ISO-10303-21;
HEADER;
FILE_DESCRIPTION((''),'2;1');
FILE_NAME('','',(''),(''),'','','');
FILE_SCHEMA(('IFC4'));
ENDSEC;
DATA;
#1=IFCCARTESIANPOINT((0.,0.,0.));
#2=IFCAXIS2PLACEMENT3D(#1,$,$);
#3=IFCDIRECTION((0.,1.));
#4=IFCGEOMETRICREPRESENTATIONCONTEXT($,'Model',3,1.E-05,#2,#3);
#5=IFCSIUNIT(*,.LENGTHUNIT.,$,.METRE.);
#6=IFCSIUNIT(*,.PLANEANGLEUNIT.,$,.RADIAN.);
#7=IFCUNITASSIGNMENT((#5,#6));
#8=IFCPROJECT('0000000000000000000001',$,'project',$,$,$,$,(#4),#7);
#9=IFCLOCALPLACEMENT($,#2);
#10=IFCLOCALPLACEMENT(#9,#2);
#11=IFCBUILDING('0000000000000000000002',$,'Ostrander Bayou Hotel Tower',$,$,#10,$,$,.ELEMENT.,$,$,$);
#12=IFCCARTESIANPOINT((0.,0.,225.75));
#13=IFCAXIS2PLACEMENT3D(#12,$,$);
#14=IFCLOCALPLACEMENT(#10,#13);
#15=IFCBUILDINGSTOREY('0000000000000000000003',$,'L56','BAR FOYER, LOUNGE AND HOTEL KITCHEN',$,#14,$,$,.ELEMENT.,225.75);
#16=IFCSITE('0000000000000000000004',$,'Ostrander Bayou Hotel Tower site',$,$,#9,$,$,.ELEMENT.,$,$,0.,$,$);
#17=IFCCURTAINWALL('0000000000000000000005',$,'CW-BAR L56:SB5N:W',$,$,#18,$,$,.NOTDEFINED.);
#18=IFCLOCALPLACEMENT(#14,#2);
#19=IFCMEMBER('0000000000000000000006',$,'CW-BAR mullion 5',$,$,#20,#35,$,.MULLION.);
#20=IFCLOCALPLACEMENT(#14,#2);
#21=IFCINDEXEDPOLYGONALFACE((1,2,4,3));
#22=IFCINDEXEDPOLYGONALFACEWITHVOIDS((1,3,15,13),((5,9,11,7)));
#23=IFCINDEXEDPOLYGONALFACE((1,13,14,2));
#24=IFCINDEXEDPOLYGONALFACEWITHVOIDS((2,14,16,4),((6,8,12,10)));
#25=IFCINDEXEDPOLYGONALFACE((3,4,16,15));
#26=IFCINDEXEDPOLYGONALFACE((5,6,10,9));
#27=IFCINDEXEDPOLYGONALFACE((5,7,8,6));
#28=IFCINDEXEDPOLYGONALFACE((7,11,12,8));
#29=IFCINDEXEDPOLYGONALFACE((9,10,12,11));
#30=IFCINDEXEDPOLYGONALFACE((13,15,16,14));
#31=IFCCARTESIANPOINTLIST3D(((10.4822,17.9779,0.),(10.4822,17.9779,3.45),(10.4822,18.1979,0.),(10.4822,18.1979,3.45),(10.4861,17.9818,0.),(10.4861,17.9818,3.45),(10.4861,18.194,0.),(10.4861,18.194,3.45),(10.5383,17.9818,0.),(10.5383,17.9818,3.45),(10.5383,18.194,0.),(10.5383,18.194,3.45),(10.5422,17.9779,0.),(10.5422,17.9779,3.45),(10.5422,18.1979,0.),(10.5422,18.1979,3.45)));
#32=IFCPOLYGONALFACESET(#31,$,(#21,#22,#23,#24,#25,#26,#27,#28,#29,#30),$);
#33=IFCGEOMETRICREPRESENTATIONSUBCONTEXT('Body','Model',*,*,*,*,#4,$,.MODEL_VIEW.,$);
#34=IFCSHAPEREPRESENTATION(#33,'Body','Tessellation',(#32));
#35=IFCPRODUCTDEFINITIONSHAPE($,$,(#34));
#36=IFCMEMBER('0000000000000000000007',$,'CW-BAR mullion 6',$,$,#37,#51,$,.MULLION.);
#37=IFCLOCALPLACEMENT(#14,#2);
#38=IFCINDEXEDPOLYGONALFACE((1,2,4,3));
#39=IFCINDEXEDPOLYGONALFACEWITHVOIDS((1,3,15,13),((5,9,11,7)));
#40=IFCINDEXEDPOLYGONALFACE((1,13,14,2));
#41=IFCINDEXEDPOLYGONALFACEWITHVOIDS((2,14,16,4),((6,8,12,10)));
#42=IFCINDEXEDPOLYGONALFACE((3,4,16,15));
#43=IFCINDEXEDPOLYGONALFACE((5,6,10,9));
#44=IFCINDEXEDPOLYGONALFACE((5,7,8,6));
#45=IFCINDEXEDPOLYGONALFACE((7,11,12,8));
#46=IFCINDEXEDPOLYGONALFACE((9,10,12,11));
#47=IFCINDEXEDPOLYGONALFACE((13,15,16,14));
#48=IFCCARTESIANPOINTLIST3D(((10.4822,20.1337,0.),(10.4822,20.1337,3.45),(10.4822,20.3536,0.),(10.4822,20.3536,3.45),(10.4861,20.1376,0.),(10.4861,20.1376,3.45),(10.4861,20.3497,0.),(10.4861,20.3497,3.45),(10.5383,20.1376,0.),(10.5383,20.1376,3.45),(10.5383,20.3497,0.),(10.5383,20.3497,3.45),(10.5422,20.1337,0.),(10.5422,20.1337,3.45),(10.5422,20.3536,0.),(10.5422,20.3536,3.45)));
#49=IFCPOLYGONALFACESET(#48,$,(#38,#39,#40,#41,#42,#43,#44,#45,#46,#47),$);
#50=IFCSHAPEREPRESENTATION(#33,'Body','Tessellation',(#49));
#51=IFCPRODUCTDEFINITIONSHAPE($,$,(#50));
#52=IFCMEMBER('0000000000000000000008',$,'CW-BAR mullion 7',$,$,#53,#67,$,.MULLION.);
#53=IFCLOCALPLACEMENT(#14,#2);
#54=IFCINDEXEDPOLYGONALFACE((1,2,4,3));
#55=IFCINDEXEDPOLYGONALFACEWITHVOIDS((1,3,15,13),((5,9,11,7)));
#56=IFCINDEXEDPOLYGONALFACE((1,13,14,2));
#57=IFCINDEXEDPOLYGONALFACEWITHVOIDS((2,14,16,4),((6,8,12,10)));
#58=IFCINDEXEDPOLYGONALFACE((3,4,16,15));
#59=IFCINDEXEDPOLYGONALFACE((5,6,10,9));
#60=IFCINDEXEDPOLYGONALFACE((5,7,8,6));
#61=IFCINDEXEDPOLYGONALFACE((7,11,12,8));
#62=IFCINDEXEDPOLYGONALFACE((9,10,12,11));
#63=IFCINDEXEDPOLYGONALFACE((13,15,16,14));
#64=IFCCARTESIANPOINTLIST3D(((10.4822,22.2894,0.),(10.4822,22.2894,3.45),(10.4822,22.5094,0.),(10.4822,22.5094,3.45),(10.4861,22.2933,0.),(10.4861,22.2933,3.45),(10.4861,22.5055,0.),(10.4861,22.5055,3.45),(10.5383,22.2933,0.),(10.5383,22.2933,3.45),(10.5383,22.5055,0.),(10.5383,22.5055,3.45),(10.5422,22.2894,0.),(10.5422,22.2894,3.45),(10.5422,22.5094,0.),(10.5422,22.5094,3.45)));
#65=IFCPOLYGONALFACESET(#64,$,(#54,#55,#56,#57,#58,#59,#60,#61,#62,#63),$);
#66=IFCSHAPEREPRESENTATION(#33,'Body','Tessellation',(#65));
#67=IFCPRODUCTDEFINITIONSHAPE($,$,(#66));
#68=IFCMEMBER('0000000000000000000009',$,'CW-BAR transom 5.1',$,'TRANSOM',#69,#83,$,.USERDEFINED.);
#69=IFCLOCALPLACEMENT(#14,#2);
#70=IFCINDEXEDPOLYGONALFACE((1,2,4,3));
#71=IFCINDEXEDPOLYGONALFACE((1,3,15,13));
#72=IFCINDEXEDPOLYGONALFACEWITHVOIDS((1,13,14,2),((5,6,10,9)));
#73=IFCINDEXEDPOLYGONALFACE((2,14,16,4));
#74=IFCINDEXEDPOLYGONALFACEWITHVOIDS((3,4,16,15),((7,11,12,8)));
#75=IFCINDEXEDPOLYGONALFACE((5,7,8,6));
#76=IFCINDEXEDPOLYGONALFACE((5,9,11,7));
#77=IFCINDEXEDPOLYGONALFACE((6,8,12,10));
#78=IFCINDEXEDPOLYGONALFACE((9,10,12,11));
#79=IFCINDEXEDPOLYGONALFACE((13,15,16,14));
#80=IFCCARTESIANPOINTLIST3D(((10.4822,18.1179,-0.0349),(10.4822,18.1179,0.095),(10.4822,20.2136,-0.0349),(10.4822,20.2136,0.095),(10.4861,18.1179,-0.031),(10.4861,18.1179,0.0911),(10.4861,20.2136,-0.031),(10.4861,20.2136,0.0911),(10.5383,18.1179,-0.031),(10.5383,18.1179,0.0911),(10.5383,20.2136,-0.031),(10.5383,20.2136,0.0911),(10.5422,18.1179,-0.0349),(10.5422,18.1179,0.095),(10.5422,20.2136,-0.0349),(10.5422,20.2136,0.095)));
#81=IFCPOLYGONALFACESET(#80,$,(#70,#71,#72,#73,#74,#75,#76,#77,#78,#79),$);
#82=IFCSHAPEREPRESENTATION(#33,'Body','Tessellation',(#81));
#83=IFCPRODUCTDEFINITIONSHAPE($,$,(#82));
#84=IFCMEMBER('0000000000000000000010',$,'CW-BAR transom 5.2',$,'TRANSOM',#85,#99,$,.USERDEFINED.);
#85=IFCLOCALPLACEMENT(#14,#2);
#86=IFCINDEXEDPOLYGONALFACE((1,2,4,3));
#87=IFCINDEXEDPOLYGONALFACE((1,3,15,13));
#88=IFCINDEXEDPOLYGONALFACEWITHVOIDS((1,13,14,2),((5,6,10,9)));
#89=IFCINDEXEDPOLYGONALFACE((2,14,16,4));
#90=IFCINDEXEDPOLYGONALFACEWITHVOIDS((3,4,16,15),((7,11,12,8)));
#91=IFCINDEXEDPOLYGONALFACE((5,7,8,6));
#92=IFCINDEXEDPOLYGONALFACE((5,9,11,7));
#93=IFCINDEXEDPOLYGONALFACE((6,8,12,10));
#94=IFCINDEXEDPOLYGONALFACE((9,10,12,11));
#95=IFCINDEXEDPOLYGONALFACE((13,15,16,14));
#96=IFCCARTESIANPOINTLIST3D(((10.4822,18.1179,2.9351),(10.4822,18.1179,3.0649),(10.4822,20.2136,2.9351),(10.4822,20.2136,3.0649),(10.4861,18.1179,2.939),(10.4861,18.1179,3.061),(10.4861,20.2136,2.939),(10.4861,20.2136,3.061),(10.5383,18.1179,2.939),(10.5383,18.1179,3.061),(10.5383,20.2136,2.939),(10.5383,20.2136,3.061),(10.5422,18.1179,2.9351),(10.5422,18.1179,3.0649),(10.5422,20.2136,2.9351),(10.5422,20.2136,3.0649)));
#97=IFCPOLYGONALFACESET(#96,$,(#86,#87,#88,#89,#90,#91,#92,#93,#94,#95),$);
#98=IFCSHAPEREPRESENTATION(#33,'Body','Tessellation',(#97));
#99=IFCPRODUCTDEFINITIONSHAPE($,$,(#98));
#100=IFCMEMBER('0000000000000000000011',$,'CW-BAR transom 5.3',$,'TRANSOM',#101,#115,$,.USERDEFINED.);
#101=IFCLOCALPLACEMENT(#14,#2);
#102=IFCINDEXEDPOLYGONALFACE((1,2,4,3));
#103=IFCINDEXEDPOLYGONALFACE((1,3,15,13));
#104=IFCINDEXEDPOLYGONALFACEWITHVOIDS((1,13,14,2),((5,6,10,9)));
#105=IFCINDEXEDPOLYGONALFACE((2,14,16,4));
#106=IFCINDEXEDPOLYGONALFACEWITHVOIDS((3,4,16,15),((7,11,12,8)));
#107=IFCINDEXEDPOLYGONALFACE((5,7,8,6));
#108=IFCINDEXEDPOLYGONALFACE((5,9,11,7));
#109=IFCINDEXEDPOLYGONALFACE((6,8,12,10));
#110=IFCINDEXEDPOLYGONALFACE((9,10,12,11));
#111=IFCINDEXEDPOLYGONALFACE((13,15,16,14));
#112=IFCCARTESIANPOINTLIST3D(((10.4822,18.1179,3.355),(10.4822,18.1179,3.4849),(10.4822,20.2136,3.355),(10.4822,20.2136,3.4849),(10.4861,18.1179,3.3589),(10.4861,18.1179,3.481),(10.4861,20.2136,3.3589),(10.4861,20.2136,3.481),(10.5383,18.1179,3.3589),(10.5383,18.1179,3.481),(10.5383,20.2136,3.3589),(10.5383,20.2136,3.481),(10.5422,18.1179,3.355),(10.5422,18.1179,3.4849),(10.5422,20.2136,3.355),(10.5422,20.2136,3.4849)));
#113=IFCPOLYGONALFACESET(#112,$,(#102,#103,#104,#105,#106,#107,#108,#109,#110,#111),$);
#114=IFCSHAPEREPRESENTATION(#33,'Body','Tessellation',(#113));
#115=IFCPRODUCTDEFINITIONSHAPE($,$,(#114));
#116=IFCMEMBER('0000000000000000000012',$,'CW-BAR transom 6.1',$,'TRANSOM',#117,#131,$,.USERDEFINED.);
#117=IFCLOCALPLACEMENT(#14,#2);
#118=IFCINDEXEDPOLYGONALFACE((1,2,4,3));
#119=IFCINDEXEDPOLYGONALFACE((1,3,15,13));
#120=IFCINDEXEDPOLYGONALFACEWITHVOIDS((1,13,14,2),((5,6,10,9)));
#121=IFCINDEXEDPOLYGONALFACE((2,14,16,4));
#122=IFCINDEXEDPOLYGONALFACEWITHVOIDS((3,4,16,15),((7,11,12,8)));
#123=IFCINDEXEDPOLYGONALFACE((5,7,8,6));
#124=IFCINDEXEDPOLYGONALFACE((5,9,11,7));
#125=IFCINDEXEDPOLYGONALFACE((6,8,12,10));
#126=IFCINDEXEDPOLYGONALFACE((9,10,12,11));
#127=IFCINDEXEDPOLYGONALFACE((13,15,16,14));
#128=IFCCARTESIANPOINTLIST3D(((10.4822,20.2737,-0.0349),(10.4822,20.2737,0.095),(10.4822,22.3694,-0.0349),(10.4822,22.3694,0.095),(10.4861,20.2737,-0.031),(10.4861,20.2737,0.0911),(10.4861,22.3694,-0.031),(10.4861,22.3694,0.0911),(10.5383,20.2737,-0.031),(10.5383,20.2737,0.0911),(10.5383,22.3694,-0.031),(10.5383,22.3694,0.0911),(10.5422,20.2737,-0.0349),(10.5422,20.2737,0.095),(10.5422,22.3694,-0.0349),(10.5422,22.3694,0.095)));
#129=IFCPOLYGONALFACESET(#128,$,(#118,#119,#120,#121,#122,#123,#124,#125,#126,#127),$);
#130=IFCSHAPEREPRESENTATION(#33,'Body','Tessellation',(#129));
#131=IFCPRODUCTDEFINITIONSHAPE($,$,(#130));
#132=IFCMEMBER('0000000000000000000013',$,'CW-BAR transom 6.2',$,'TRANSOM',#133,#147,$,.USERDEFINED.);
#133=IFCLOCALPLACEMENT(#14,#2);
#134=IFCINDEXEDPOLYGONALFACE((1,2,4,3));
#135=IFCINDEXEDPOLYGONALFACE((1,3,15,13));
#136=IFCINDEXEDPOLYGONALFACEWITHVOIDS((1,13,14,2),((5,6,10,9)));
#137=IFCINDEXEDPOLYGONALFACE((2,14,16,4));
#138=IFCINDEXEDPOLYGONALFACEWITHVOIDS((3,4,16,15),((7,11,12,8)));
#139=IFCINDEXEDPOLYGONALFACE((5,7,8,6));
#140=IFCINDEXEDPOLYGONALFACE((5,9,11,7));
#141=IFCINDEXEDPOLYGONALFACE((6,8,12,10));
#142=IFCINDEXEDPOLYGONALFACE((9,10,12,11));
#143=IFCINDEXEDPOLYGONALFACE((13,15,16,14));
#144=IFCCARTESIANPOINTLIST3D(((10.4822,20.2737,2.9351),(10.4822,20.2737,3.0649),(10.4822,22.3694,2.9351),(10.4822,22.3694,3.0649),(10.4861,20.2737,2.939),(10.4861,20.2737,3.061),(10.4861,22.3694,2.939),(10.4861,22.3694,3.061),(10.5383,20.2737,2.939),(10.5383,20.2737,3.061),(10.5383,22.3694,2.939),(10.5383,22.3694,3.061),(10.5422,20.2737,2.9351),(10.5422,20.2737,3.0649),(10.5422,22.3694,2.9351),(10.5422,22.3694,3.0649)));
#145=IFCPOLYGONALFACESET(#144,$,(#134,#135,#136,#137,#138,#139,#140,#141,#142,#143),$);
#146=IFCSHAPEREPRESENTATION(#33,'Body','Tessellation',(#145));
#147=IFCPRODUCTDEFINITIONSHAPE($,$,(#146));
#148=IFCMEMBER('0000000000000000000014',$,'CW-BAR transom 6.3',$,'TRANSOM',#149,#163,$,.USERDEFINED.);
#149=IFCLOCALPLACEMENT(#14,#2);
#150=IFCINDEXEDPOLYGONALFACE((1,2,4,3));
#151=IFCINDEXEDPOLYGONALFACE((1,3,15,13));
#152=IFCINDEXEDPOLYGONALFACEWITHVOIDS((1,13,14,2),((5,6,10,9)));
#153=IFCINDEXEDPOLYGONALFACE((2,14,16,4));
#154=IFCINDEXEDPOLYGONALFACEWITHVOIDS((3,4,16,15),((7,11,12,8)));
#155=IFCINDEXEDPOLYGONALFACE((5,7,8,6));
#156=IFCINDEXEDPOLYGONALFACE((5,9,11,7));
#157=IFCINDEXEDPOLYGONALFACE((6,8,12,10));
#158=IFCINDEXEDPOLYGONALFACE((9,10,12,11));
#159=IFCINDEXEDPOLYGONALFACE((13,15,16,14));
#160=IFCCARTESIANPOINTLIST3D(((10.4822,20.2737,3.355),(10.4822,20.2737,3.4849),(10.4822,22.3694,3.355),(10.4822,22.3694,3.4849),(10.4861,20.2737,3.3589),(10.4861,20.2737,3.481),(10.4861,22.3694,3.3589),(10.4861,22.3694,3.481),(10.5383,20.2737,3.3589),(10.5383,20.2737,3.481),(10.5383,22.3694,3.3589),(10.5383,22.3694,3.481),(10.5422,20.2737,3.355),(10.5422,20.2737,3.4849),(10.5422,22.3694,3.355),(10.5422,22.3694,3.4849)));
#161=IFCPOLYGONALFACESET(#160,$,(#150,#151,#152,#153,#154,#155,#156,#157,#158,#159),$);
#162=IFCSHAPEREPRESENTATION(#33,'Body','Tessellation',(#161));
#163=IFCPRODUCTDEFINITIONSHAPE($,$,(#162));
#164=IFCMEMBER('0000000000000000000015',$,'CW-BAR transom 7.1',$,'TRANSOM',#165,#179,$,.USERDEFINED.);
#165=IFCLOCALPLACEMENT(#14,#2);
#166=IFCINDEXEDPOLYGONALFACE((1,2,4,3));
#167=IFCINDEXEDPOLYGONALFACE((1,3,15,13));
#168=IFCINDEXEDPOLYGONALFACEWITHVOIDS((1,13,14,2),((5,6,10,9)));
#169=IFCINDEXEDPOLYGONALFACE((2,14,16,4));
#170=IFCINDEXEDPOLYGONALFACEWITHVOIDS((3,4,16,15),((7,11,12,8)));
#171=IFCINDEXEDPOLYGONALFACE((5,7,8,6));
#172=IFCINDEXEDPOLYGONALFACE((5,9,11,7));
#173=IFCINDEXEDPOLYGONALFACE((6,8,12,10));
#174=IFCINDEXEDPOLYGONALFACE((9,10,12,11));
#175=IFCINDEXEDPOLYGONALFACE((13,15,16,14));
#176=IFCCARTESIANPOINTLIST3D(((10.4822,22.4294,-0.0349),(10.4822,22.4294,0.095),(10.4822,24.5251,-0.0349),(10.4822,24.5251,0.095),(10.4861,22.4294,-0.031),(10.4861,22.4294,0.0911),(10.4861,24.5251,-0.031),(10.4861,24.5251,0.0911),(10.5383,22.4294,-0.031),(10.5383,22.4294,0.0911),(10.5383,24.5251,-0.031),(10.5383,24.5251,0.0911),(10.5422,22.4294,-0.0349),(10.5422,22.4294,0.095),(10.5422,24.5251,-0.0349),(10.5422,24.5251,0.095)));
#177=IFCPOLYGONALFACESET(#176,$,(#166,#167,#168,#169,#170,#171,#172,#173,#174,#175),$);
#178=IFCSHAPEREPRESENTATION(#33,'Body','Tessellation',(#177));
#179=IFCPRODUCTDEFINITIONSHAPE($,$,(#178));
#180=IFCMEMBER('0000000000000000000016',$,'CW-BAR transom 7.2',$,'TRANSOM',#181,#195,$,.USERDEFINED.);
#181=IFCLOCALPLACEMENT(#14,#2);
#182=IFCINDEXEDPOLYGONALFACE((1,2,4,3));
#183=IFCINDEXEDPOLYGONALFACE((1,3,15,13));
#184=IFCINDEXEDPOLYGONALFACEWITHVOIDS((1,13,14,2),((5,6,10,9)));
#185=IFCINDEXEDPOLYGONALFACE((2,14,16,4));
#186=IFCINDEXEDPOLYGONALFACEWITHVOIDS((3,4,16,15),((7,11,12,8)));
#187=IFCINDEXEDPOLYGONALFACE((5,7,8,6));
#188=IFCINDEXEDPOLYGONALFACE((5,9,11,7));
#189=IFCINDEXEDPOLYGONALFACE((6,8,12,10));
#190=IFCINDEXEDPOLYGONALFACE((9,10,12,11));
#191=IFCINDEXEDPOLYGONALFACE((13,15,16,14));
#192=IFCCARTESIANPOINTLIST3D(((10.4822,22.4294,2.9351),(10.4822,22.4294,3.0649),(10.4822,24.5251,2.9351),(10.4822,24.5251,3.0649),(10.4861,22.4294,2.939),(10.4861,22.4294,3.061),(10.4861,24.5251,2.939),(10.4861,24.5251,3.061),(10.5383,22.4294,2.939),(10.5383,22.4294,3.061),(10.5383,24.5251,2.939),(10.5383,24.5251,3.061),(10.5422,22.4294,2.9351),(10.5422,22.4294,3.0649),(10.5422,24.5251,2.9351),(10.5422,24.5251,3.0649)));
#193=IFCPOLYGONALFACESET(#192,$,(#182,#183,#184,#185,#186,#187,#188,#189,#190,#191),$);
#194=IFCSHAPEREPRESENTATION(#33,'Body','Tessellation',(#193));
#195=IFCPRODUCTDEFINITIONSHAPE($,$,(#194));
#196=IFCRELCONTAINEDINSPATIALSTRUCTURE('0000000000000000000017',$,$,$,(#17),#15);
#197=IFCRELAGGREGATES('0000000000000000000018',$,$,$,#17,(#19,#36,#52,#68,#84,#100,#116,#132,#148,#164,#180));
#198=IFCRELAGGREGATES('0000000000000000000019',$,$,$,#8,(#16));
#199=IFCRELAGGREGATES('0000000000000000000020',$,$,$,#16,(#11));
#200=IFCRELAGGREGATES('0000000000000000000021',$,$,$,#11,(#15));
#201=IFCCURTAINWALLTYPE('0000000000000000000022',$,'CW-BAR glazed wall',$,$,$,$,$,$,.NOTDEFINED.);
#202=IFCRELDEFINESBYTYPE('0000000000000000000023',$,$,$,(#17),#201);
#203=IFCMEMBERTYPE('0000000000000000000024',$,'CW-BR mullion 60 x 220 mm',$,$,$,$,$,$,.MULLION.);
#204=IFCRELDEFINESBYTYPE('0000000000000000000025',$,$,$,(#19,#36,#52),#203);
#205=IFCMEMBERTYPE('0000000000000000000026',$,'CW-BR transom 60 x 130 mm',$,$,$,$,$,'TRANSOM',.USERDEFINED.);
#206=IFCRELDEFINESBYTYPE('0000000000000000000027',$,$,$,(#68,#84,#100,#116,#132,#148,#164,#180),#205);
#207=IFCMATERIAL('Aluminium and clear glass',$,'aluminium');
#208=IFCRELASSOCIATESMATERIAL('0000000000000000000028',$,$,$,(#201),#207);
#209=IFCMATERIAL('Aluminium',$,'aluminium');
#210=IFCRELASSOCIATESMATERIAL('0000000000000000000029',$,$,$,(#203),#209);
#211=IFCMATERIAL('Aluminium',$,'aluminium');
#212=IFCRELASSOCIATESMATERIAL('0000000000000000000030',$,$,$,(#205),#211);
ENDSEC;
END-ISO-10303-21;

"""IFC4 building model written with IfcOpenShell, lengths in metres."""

from ifc_helpers import new_model, si_unit, direction, frame, origin, origin_2d, place, context, subcontext, project, spatial, hollow_rectangle, extrude, material, material_profile, profile_set, type_object, element, aggregate, save


model = new_model("IFC4")

# Units and contexts
model_context = context("Model", 3, precision=1e-05, world=origin(), true_north=direction((0.0, 1.0)))
body_context = subcontext(model_context, "Body", "Model", "MODEL_VIEW")
ifc_project = project(units=[si_unit("LENGTHUNIT", "METRE"), si_unit("PLANEANGLEUNIT", "RADIAN")], contexts=[model_context])

# Site, building, storey
site_placement = place(None, origin())
site = spatial("IfcSite", under=ifc_project, at=site_placement, Name="Ostrander Bayou Hotel Tower site", CompositionType="ELEMENT", RefElevation=0.0)
building_placement = place(site_placement, origin())
building = spatial("IfcBuilding", under=site, at=building_placement, Name="Ostrander Bayou Hotel Tower", CompositionType="ELEMENT")
storey_placement = place(building_placement, frame((0.0, 0.0, 225.75)))
storey = spatial("IfcBuildingStorey", under=building, at=storey_placement, Name="L56", Description="BAR FOYER, LOUNGE AND HOTEL KITCHEN", CompositionType="ELEMENT", Elevation=225.75)

# Curtain wall, members
ifc_material_1 = material(Name="Aluminium and clear glass", Category="aluminium")
curtain_wall_type = type_object("IfcCurtainWallType", Name="CW-BAR glazed wall", PredefinedType="NOTDEFINED", material=ifc_material_1)
curtain_wall_placement = place(storey_placement, origin())
curtain_wall = element("IfcCurtainWall", 1, at=curtain_wall_placement, inside=storey, type_object=curtain_wall_type, Name="CW-BAR L56:SB5N:W", PredefinedType="NOTDEFINED")
ifc_material_2 = material(Name="Aluminium", Category="aluminium")
ifc_material_profile_1 = material_profile(ifc_material_2, hollow_rectangle(XDim=0.0601, YDim=0.22, WallThickness=0.0039, at=origin_2d()))
ifc_profile_set_1 = profile_set([ifc_material_profile_1], Name="Aluminium")
member_type_1 = type_object("IfcMemberType", Name="CW-BR mullion 60 x 220 mm", PredefinedType="MULLION", material=ifc_profile_set_1)
member_1_placement = place(storey_placement, frame((10.5122, 18.0879, 0.0), z_axis=(0.0, 0.0, 1.0), x_axis=(-1.0, 0.0, 0.0)))
member_1 = element("IfcMember", 2, at=member_1_placement, type_object=member_type_1, Name="CW-BAR mullion 5", PredefinedType="MULLION", context=body_context, shape_type="SweptSolid", body=[
    extrude(hollow_rectangle(XDim=0.0601, YDim=0.22, WallThickness=0.0039, at=origin_2d()), origin(), (0.0, 0.0, 1.0), 3.45),
])
member_2_placement = place(storey_placement, frame((10.5122, 20.2437, 0.0), z_axis=(0.0, 0.0, 1.0), x_axis=(-1.0, 0.0, 0.0)))
member_2 = element("IfcMember", 3, at=member_2_placement, type_object=member_type_1, Name="CW-BAR mullion 6", PredefinedType="MULLION", context=body_context, shape_type="SweptSolid", body=[
    extrude(hollow_rectangle(XDim=0.0601, YDim=0.22, WallThickness=0.0039, at=origin_2d()), origin(), (0.0, 0.0, 1.0), 3.45),
])
member_3_placement = place(storey_placement, frame((10.5122, 22.3994, 0.0), z_axis=(0.0, 0.0, 1.0), x_axis=(-1.0, 0.0, 0.0)))
member_3 = element("IfcMember", 4, at=member_3_placement, type_object=member_type_1, Name="CW-BAR mullion 7", PredefinedType="MULLION", context=body_context, shape_type="SweptSolid", body=[
    extrude(hollow_rectangle(XDim=0.0601, YDim=0.22, WallThickness=0.0039, at=origin_2d()), origin(), (0.0, 0.0, 1.0), 3.45),
])
ifc_material_3 = material(Name="Aluminium", Category="aluminium")
ifc_material_profile_2 = material_profile(ifc_material_3, hollow_rectangle(XDim=0.0601, YDim=0.1299, WallThickness=0.0039, at=origin_2d()))
ifc_profile_set_2 = profile_set([ifc_material_profile_2], Name="Aluminium")
member_type_2 = type_object("IfcMemberType", Name="CW-BR transom 60 x 130 mm", ElementType="TRANSOM", PredefinedType="USERDEFINED", material=ifc_profile_set_2)
member_4_placement = place(storey_placement, frame((10.5122, 18.1179, 0.03), z_axis=(0.0, 1.0, 0.0), x_axis=(-1.0, 0.0, 0.0)))
member_4 = element("IfcMember", 5, at=member_4_placement, type_object=member_type_2, Name="CW-BAR transom 5.1", ObjectType="TRANSOM", PredefinedType="USERDEFINED", context=body_context, shape_type="SweptSolid", body=[
    extrude(hollow_rectangle(XDim=0.0601, YDim=0.1299, WallThickness=0.0039, at=origin_2d()), origin(), (0.0, 0.0, 1.0), 2.0957),
])
member_5_placement = place(storey_placement, frame((10.5122, 18.1179, 3.0), z_axis=(0.0, 1.0, 0.0), x_axis=(-1.0, 0.0, 0.0)))
member_5 = element("IfcMember", 6, at=member_5_placement, type_object=member_type_2, Name="CW-BAR transom 5.2", ObjectType="TRANSOM", PredefinedType="USERDEFINED", context=body_context, shape_type="SweptSolid", body=[
    extrude(hollow_rectangle(XDim=0.0601, YDim=0.1299, WallThickness=0.0039, at=origin_2d()), origin(), (0.0, 0.0, 1.0), 2.0957),
])
member_6_placement = place(storey_placement, frame((10.5122, 18.1179, 3.4199), z_axis=(0.0, 1.0, 0.0), x_axis=(-1.0, 0.0, 0.0)))
member_6 = element("IfcMember", 7, at=member_6_placement, type_object=member_type_2, Name="CW-BAR transom 5.3", ObjectType="TRANSOM", PredefinedType="USERDEFINED", context=body_context, shape_type="SweptSolid", body=[
    extrude(hollow_rectangle(XDim=0.0601, YDim=0.1299, WallThickness=0.0039, at=origin_2d()), origin(), (0.0, 0.0, 1.0), 2.0957),
])
member_7_placement = place(storey_placement, frame((10.5122, 20.2737, 0.03), z_axis=(0.0, 1.0, 0.0), x_axis=(-1.0, 0.0, 0.0)))
member_7 = element("IfcMember", 8, at=member_7_placement, type_object=member_type_2, Name="CW-BAR transom 6.1", ObjectType="TRANSOM", PredefinedType="USERDEFINED", context=body_context, shape_type="SweptSolid", body=[
    extrude(hollow_rectangle(XDim=0.0601, YDim=0.1299, WallThickness=0.0039, at=origin_2d()), origin(), (0.0, 0.0, 1.0), 2.0957),
])
member_8_placement = place(storey_placement, frame((10.5122, 20.2737, 3.0), z_axis=(0.0, 1.0, 0.0), x_axis=(-1.0, 0.0, 0.0)))
member_8 = element("IfcMember", 9, at=member_8_placement, type_object=member_type_2, Name="CW-BAR transom 6.2", ObjectType="TRANSOM", PredefinedType="USERDEFINED", context=body_context, shape_type="SweptSolid", body=[
    extrude(hollow_rectangle(XDim=0.0601, YDim=0.1299, WallThickness=0.0039, at=origin_2d()), origin(), (0.0, 0.0, 1.0), 2.0957),
])
member_9_placement = place(storey_placement, frame((10.5122, 20.2737, 3.4199), z_axis=(0.0, 1.0, 0.0), x_axis=(-1.0, 0.0, 0.0)))
member_9 = element("IfcMember", 10, at=member_9_placement, type_object=member_type_2, Name="CW-BAR transom 6.3", ObjectType="TRANSOM", PredefinedType="USERDEFINED", context=body_context, shape_type="SweptSolid", body=[
    extrude(hollow_rectangle(XDim=0.0601, YDim=0.1299, WallThickness=0.0039, at=origin_2d()), origin(), (0.0, 0.0, 1.0), 2.0957),
])
member_10_placement = place(storey_placement, frame((10.5122, 22.4294, 0.03), z_axis=(0.0, 1.0, 0.0), x_axis=(-1.0, 0.0, 0.0)))
member_10 = element("IfcMember", 11, at=member_10_placement, type_object=member_type_2, Name="CW-BAR transom 7.1", ObjectType="TRANSOM", PredefinedType="USERDEFINED", context=body_context, shape_type="SweptSolid", body=[
    extrude(hollow_rectangle(XDim=0.0601, YDim=0.1299, WallThickness=0.0039, at=origin_2d()), origin(), (0.0, 0.0, 1.0), 2.0957),
])
member_11_placement = place(storey_placement, frame((10.5122, 22.4294, 3.0), z_axis=(0.0, 1.0, 0.0), x_axis=(-1.0, 0.0, 0.0)))
member_11 = element("IfcMember", 12, at=member_11_placement, type_object=member_type_2, Name="CW-BAR transom 7.2", ObjectType="TRANSOM", PredefinedType="USERDEFINED", context=body_context, shape_type="SweptSolid", body=[
    extrude(hollow_rectangle(XDim=0.0601, YDim=0.1299, WallThickness=0.0039, at=origin_2d()), origin(), (0.0, 0.0, 1.0), 2.0957),
])

aggregate(curtain_wall, [member_1, member_2, member_3, member_4, member_5, member_6, member_7, member_8, member_9, member_10, member_11])

save(model, "model.ifc")
